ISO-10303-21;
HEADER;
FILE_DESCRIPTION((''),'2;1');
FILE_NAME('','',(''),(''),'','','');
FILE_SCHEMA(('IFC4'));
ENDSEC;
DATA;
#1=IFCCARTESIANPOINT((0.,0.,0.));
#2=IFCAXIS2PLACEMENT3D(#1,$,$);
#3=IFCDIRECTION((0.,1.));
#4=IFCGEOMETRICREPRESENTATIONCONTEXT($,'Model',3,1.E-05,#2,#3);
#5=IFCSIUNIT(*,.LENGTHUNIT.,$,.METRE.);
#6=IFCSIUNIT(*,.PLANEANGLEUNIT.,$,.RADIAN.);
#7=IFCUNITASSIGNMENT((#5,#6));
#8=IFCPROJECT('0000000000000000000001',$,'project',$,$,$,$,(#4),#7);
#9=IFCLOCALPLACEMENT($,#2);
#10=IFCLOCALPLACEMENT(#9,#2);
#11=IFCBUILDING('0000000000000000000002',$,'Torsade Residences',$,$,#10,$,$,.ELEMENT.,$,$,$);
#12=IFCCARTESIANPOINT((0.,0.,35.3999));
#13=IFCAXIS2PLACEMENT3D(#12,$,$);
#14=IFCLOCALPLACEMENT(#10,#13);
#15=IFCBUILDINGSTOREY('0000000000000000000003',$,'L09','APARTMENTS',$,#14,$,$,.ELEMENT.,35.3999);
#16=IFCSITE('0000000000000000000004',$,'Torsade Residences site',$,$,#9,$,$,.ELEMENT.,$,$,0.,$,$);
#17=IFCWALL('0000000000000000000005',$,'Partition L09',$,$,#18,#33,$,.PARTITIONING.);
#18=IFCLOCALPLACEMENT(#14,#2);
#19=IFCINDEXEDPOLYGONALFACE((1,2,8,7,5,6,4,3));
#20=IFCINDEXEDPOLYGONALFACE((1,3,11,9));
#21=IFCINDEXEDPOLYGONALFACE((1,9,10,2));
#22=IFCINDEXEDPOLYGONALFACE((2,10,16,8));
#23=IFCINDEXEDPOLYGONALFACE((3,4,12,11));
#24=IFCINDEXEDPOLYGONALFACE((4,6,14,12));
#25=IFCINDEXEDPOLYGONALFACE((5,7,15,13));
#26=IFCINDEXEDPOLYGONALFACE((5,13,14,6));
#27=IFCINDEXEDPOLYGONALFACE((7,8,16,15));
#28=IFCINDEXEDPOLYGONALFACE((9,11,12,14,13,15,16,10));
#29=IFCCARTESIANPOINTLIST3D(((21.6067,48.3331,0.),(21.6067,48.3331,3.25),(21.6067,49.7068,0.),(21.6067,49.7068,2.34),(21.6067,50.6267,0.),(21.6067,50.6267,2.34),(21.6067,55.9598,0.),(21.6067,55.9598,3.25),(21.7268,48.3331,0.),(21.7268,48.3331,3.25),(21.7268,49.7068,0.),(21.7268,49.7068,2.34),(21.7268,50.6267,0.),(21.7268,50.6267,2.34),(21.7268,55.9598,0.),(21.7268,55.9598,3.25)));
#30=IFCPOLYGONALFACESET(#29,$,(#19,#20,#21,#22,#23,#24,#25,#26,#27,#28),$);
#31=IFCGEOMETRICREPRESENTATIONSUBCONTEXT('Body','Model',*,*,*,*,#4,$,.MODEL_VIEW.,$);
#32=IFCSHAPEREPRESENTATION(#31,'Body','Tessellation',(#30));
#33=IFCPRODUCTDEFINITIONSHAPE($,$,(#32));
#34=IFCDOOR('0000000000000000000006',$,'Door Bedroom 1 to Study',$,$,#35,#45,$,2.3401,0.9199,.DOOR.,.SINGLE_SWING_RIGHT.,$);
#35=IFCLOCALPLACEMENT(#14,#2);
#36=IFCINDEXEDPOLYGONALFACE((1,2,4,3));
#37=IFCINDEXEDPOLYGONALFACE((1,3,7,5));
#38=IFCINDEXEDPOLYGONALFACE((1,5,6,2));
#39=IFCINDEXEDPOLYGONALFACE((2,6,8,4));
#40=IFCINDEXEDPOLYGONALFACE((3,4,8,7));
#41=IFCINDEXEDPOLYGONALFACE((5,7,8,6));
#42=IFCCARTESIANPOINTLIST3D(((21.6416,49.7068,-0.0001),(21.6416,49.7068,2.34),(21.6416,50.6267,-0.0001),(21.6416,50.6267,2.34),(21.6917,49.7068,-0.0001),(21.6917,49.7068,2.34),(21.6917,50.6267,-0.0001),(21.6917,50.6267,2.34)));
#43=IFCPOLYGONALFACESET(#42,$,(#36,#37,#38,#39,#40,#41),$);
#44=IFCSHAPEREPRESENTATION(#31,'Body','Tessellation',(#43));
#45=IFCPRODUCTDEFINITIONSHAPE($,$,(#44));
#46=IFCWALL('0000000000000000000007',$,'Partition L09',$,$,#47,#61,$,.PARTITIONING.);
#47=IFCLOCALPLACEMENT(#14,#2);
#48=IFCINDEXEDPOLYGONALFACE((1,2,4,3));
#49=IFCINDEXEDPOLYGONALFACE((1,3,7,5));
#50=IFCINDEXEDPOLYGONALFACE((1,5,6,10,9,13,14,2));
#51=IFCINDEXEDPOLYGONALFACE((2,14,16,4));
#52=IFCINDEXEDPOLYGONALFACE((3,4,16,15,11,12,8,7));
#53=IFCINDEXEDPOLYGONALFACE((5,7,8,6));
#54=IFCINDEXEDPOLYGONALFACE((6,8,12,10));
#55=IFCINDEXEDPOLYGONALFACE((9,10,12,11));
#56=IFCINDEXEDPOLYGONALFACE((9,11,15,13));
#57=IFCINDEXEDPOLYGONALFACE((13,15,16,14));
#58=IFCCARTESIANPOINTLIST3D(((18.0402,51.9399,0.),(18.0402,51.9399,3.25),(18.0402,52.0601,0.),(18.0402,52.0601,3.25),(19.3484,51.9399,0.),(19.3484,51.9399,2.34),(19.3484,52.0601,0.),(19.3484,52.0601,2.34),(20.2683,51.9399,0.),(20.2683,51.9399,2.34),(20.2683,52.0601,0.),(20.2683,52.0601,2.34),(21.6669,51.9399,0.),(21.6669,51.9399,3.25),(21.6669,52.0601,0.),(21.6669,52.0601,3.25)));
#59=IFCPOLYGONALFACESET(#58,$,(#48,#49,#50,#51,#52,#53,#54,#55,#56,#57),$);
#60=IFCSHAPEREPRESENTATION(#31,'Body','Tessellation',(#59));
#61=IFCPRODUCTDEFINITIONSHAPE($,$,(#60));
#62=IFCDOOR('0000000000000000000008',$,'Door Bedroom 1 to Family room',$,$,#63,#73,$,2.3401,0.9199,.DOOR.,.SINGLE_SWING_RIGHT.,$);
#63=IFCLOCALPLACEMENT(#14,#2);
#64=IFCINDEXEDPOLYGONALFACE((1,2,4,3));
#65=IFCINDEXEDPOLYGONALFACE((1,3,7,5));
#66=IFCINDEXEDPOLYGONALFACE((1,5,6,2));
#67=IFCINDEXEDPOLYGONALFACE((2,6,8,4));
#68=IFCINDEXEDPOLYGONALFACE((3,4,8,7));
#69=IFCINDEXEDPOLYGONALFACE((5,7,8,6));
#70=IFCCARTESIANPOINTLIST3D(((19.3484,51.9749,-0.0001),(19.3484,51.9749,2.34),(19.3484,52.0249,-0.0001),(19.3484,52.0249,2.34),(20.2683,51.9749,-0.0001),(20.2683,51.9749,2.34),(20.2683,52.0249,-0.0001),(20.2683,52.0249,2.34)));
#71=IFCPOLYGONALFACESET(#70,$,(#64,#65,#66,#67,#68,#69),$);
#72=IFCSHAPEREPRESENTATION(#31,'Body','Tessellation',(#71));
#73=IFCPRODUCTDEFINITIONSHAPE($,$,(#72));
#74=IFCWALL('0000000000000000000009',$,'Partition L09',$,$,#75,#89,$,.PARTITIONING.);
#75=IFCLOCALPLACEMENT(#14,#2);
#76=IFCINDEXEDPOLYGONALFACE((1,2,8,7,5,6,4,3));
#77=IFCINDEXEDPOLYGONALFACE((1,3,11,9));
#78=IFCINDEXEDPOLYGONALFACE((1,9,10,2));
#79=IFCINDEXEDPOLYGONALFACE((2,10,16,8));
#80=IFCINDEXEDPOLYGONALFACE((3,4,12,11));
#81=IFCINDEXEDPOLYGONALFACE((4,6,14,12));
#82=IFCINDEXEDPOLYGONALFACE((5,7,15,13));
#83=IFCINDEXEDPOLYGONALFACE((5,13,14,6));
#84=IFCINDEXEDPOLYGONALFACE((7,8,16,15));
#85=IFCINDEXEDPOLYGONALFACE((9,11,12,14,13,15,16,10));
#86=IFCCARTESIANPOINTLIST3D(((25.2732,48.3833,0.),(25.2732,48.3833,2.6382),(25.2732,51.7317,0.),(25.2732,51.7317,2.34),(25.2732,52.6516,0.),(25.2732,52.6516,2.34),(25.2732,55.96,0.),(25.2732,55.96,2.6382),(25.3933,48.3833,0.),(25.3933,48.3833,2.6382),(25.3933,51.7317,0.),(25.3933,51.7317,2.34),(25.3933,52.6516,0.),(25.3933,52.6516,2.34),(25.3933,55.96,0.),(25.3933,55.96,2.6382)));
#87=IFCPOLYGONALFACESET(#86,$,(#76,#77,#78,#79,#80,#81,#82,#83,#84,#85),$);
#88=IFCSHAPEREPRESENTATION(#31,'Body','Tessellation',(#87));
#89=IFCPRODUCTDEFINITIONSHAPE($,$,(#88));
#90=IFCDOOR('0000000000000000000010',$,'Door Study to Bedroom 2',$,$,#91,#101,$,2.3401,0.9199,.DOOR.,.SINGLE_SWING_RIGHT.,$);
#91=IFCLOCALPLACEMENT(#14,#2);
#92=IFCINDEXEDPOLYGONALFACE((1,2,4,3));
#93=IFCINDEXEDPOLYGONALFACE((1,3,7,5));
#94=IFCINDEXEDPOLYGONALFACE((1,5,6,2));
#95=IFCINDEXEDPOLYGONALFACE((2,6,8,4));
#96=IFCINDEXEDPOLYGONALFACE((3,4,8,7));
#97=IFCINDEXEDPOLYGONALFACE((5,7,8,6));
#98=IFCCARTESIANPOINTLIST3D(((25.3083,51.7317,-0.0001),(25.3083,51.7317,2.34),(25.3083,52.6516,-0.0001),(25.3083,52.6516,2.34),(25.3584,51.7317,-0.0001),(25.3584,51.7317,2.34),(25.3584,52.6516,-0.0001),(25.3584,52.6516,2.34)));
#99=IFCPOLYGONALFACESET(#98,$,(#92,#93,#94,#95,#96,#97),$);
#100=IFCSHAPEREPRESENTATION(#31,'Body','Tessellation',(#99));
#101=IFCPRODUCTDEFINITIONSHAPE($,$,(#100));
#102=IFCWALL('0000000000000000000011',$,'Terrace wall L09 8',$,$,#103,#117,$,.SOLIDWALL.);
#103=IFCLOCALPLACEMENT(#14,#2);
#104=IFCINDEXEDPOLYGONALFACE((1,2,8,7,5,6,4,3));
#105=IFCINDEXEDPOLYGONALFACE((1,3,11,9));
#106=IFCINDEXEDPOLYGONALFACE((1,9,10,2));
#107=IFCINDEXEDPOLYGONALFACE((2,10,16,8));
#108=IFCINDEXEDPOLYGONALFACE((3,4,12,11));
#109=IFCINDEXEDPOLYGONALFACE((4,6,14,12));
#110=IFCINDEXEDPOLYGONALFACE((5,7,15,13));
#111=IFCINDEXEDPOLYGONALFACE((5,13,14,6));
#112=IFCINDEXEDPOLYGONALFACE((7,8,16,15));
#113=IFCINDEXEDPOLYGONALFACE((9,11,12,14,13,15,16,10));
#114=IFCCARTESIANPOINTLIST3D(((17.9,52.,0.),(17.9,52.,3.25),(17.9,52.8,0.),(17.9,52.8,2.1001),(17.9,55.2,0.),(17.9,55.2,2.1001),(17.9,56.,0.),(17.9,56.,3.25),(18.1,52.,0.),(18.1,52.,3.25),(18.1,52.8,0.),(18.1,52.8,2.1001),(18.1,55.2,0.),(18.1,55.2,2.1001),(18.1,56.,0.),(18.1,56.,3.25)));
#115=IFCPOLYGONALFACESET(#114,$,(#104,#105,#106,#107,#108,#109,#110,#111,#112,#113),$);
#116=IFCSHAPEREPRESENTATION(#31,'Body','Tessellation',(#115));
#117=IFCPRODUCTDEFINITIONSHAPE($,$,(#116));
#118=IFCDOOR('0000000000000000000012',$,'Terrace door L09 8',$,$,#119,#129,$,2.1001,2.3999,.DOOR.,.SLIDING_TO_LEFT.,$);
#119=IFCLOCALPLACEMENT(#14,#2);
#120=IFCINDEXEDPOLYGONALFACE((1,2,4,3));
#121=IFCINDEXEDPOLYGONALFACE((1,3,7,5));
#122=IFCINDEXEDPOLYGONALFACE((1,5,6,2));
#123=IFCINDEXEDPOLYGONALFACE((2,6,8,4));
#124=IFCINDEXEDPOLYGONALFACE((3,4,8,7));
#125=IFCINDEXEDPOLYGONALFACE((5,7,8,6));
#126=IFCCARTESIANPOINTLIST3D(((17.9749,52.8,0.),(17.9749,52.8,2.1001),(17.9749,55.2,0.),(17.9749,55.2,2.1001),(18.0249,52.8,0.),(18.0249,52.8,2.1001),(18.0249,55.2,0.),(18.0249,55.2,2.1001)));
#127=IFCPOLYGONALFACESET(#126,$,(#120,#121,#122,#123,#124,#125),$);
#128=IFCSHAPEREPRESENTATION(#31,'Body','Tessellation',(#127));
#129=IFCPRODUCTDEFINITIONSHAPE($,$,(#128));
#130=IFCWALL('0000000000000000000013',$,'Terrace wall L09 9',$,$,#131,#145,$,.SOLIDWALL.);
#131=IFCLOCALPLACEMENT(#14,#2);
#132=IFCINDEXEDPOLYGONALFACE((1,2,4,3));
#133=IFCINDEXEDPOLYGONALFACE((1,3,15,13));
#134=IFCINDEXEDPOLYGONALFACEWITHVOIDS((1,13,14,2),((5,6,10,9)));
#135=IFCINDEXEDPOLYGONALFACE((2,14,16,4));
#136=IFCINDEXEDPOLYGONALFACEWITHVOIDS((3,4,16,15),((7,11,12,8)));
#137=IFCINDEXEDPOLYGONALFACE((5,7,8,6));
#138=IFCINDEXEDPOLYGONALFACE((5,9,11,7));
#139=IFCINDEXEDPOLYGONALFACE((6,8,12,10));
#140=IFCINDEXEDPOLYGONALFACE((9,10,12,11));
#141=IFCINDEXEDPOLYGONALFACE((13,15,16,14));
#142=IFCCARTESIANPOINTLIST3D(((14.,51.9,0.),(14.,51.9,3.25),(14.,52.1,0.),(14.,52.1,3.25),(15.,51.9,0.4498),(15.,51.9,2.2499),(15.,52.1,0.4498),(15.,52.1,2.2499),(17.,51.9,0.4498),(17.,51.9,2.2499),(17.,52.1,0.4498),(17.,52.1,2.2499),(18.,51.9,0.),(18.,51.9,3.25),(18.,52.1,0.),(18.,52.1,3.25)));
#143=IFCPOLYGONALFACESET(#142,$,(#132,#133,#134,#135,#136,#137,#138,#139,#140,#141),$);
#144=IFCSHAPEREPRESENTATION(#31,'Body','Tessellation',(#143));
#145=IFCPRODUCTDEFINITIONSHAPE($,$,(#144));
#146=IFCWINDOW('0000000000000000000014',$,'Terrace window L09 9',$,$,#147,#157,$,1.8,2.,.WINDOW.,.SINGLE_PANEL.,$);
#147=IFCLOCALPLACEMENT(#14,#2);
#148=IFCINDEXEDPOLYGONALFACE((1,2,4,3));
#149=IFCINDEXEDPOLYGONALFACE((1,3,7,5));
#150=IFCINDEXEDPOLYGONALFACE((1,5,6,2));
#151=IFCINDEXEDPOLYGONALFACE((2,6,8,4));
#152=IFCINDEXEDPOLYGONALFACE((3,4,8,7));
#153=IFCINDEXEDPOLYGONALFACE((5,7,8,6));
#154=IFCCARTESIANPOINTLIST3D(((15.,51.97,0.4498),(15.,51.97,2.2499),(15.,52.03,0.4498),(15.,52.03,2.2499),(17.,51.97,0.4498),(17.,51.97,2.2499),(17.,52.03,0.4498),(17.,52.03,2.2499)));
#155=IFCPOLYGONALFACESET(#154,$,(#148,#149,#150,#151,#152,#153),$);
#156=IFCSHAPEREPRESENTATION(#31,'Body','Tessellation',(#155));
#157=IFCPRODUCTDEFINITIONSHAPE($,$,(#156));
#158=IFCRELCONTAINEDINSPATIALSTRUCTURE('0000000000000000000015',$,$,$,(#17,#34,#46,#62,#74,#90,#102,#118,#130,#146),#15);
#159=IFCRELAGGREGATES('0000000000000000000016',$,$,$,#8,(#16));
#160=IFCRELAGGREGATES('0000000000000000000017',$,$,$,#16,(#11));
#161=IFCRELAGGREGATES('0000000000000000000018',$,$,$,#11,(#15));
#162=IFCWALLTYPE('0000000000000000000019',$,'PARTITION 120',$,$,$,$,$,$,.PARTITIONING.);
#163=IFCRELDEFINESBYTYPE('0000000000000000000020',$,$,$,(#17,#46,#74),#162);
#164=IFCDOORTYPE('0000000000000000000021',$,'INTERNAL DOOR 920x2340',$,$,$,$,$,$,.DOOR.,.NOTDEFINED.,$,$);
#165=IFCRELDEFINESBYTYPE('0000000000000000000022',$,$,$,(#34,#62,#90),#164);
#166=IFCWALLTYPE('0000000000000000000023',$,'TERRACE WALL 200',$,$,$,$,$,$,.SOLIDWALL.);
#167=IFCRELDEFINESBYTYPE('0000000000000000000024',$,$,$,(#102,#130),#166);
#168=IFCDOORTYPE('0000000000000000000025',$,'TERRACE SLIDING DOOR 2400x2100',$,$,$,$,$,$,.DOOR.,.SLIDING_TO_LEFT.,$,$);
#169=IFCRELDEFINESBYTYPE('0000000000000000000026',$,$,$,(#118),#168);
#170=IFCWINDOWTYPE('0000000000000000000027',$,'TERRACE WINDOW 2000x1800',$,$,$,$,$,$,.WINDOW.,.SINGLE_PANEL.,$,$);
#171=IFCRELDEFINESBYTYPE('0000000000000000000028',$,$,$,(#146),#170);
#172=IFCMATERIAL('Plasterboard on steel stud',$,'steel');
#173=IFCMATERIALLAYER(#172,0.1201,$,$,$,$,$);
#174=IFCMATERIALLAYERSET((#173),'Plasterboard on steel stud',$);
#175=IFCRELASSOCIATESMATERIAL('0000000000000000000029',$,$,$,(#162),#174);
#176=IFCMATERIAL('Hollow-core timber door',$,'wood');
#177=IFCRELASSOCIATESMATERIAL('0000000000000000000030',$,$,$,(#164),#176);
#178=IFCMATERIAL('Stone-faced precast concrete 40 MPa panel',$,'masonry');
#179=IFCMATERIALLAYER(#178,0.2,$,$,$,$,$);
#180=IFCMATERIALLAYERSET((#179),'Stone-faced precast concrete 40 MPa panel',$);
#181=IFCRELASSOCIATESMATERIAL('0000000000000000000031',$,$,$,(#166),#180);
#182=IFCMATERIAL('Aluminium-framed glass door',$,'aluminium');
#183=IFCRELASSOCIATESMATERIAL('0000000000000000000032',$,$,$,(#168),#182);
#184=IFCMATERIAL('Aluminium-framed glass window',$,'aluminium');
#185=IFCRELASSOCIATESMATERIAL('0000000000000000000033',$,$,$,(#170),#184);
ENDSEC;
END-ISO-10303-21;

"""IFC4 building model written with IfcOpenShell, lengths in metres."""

from ifc_helpers import new_model, si_unit, direction, frame, frame_2d, origin, place, context, subcontext, project, spatial, rectangle, extrude, material, layer, layer_set, type_object, element, fill, save


model = new_model("IFC4")

# Units and contexts
model_context = context("Model", 3, precision=1e-05, world=origin(), true_north=direction((0.0, 1.0)))
body_context = subcontext(model_context, "Body", "Model", "MODEL_VIEW")
ifc_project = project(units=[si_unit("LENGTHUNIT", "METRE"), si_unit("PLANEANGLEUNIT", "RADIAN")], contexts=[model_context])

# Site, building, storey
site_placement = place(None, origin())
site = spatial("IfcSite", under=ifc_project, at=site_placement, Name="Torsade Residences site", CompositionType="ELEMENT", RefElevation=0.0)
building_placement = place(site_placement, origin())
building = spatial("IfcBuilding", under=site, at=building_placement, Name="Torsade Residences", CompositionType="ELEMENT")
storey_placement = place(building_placement, frame((0.0, 0.0, 35.3999)))
storey = spatial("IfcBuildingStorey", under=building, at=storey_placement, Name="L09", Description="APARTMENTS", CompositionType="ELEMENT", Elevation=35.3999)

# Shared definitions
ifc_material_1 = material(Name="Plasterboard on steel stud", Category="steel")
ifc_layer_1 = layer(ifc_material_1, 0.1201)
ifc_layer_set_1 = layer_set([ifc_layer_1], Name="Plasterboard on steel stud")
wall_type_1 = type_object("IfcWallType", Name="PARTITION 120", PredefinedType="PARTITIONING", material=ifc_layer_set_1)

# Walls, openings, doors
wall_1_placement = place(storey_placement, frame((21.6667, 55.96, 0.0), z_axis=(0.0, 0.0, 1.0), x_axis=(0.0, -1.0, 0.0)))
wall_1 = element("IfcWall", 1, at=wall_1_placement, inside=storey, type_object=wall_type_1, Name="Partition L09", PredefinedType="PARTITIONING", context=body_context, shape_type="SweptSolid", body=[
    extrude(rectangle(XDim=7.6267, YDim=0.1201, at=frame_2d((3.8135, 0.0))), origin(), (0.0, 0.0, 1.0), 3.25),
])
opening_1_placement = place(wall_1_placement, frame((5.3333, 0.0, 0.0)))
opening_1 = element("IfcOpeningElement", 2, at=opening_1_placement, cuts=wall_1, PredefinedType="OPENING", context=body_context, shape_type="SweptSolid", body=[
    extrude(rectangle(XDim=0.9199, YDim=2.3401, at=frame_2d((0.46, 1.1699))), frame((0.0, 0.0701, 0.0), z_axis=(0.0, -1.0, 0.0), x_axis=(1.0, 0.0, 0.0)), (0.0, 0.0, 1.0), 0.1401),
])
ifc_material_2 = material(Name="Hollow-core timber door", Category="wood")
door_type_1 = type_object("IfcDoorType", Name="INTERNAL DOOR 920x2340", OperationType="NOTDEFINED", PredefinedType="DOOR", material=ifc_material_2)
door_1_placement = place(opening_1_placement, origin())
door_1 = element("IfcDoor", 3, at=door_1_placement, inside=storey, type_object=door_type_1, Name="Door Bedroom 1 to Study", OperationType="SINGLE_SWING_RIGHT", OverallHeight=2.3401, OverallWidth=0.9199, PredefinedType="DOOR", context=body_context, shape_type="SweptSolid", body=[
    extrude(rectangle(XDim=0.9199, YDim=2.3401, at=frame_2d((0.46, 1.1699))), frame((0.0, 0.0249, 0.0), z_axis=(0.0, -1.0, 0.0), x_axis=(1.0, 0.0, 0.0)), (0.0, 0.0, 1.0), 0.05),
])
fill(opening_1, door_1)
wall_2_placement = place(storey_placement, frame((18.04, 52.0, 0.0), z_axis=(0.0, 0.0, 1.0), x_axis=(1.0, 0.0, 0.0)))
wall_2 = element("IfcWall", 4, at=wall_2_placement, inside=storey, type_object=wall_type_1, Name="Partition L09", PredefinedType="PARTITIONING", context=body_context, shape_type="SweptSolid", body=[
    extrude(rectangle(XDim=3.6267, YDim=0.1201, at=frame_2d((1.8135, 0.0))), origin(), (0.0, 0.0, 1.0), 3.25),
])
opening_2_placement = place(wall_2_placement, frame((1.3083, 0.0, 0.0)))
opening_2 = element("IfcOpeningElement", 5, at=opening_2_placement, cuts=wall_2, PredefinedType="OPENING", context=body_context, shape_type="SweptSolid", body=[
    extrude(rectangle(XDim=0.9199, YDim=2.3401, at=frame_2d((0.46, 1.1699))), frame((0.0, 0.0701, 0.0), z_axis=(0.0, -1.0, 0.0), x_axis=(1.0, 0.0, 0.0)), (0.0, 0.0, 1.0), 0.1401),
])
door_2_placement = place(opening_2_placement, origin())
door_2 = element("IfcDoor", 6, at=door_2_placement, inside=storey, type_object=door_type_1, Name="Door Bedroom 1 to Family room", OperationType="SINGLE_SWING_RIGHT", OverallHeight=2.3401, OverallWidth=0.9199, PredefinedType="DOOR", context=body_context, shape_type="SweptSolid", body=[
    extrude(rectangle(XDim=0.9199, YDim=2.3401, at=frame_2d((0.46, 1.1699))), frame((0.0, 0.0249, 0.0), z_axis=(0.0, -1.0, 0.0), x_axis=(1.0, 0.0, 0.0)), (0.0, 0.0, 1.0), 0.05),
])
fill(opening_2, door_2)
wall_3_placement = place(storey_placement, frame((25.3333, 48.3833, 0.0), z_axis=(0.0, 0.0, 1.0), x_axis=(0.0, 1.0, 0.0)))
wall_3 = element("IfcWall", 7, at=wall_3_placement, inside=storey, type_object=wall_type_1, Name="Partition L09", PredefinedType="PARTITIONING", context=body_context, shape_type="SweptSolid", body=[
    extrude(rectangle(XDim=7.5767, YDim=0.1201, at=frame_2d((3.7883, 0.0))), origin(), (0.0, 0.0, 1.0), 2.6382),
])
opening_3_placement = place(wall_3_placement, frame((3.3484, 0.0, 0.0)))
opening_3 = element("IfcOpeningElement", 8, at=opening_3_placement, cuts=wall_3, PredefinedType="OPENING", context=body_context, shape_type="SweptSolid", body=[
    extrude(rectangle(XDim=0.9199, YDim=2.3401, at=frame_2d((0.46, 1.1699))), frame((0.0, 0.0701, 0.0), z_axis=(0.0, -1.0, 0.0), x_axis=(1.0, 0.0, 0.0)), (0.0, 0.0, 1.0), 0.1401),
])
door_3_placement = place(opening_3_placement, origin())
door_3 = element("IfcDoor", 9, at=door_3_placement, inside=storey, type_object=door_type_1, Name="Door Study to Bedroom 2", OperationType="SINGLE_SWING_RIGHT", OverallHeight=2.3401, OverallWidth=0.9199, PredefinedType="DOOR", context=body_context, shape_type="SweptSolid", body=[
    extrude(rectangle(XDim=0.9199, YDim=2.3401, at=frame_2d((0.46, 1.1699))), frame((0.0, 0.0249, 0.0), z_axis=(0.0, -1.0, 0.0), x_axis=(1.0, 0.0, 0.0)), (0.0, 0.0, 1.0), 0.05),
])
fill(opening_3, door_3)
ifc_material_3 = material(Name="Stone-faced precast concrete 40 MPa panel", Category="masonry")
ifc_layer_2 = layer(ifc_material_3, 0.2)
ifc_layer_set_2 = layer_set([ifc_layer_2], Name="Stone-faced precast concrete 40 MPa panel")
wall_type_2 = type_object("IfcWallType", Name="TERRACE WALL 200", PredefinedType="SOLIDWALL", material=ifc_layer_set_2)
wall_4_placement = place(storey_placement, frame((18.0, 56.0, 0.0), z_axis=(0.0, 0.0, 1.0), x_axis=(0.0, -1.0, 0.0)))
wall_4 = element("IfcWall", 10, at=wall_4_placement, inside=storey, type_object=wall_type_2, Name="Terrace wall L09 8", PredefinedType="SOLIDWALL", context=body_context, shape_type="SweptSolid", body=[
    extrude(rectangle(XDim=4.0, YDim=0.2, at=frame_2d((2.0, 0.0))), origin(), (0.0, 0.0, 1.0), 3.25),
])
opening_4_placement = place(wall_4_placement, frame((0.8, 0.0, 0.0)))
opening_4 = element("IfcOpeningElement", 11, at=opening_4_placement, cuts=wall_4, PredefinedType="OPENING", context=body_context, shape_type="SweptSolid", body=[
    extrude(rectangle(XDim=2.3999, YDim=2.1001, at=frame_2d((1.2, 1.05))), frame((0.0, 0.1099, 0.0), z_axis=(0.0, -1.0, 0.0), x_axis=(1.0, 0.0, 0.0)), (0.0, 0.0, 1.0), 0.22),
])
ifc_material_4 = material(Name="Aluminium-framed glass door", Category="aluminium")
door_type_2 = type_object("IfcDoorType", Name="TERRACE SLIDING DOOR 2400x2100", OperationType="SLIDING_TO_LEFT", PredefinedType="DOOR", material=ifc_material_4)
door_4_placement = place(opening_4_placement, origin())
door_4 = element("IfcDoor", 12, at=door_4_placement, inside=storey, type_object=door_type_2, Name="Terrace door L09 8", OperationType="SLIDING_TO_LEFT", OverallHeight=2.1001, OverallWidth=2.3999, PredefinedType="DOOR", context=body_context, shape_type="SweptSolid", body=[
    extrude(rectangle(XDim=2.3999, YDim=2.1001, at=frame_2d((1.2, 1.05))), frame((0.0, 0.0249, 0.0), z_axis=(0.0, -1.0, 0.0), x_axis=(1.0, 0.0, 0.0)), (0.0, 0.0, 1.0), 0.05),
])
fill(opening_4, door_4)

# Wall, opening, window
wall_5_placement = place(storey_placement, frame((18.0, 52.0, 0.0), z_axis=(0.0, 0.0, 1.0), x_axis=(-1.0, 0.0, 0.0)))
wall_5 = element("IfcWall", 13, at=wall_5_placement, inside=storey, type_object=wall_type_2, Name="Terrace wall L09 9", PredefinedType="SOLIDWALL", context=body_context, shape_type="SweptSolid", body=[
    extrude(rectangle(XDim=4.0, YDim=0.2, at=frame_2d((2.0, 0.0))), origin(), (0.0, 0.0, 1.0), 3.25),
])
opening_5_placement = place(wall_5_placement, frame((1.0, 0.0, 0.45)))
opening_5 = element("IfcOpeningElement", 14, at=opening_5_placement, cuts=wall_5, PredefinedType="OPENING", context=body_context, shape_type="SweptSolid", body=[
    extrude(rectangle(XDim=2.0, YDim=1.8, at=frame_2d((1.0, 0.8999))), frame((0.0, 0.1099, 0.0), z_axis=(0.0, -1.0, 0.0), x_axis=(1.0, 0.0, 0.0)), (0.0, 0.0, 1.0), 0.22),
])
ifc_material_5 = material(Name="Aluminium-framed glass window", Category="aluminium")
window_type = type_object("IfcWindowType", Name="TERRACE WINDOW 2000x1800", PartitioningType="SINGLE_PANEL", PredefinedType="WINDOW", material=ifc_material_5)
window_placement = place(opening_5_placement, origin())
window = element("IfcWindow", 15, at=window_placement, inside=storey, type_object=window_type, Name="Terrace window L09 9", OverallHeight=1.8, OverallWidth=2.0, PartitioningType="SINGLE_PANEL", PredefinedType="WINDOW", context=body_context, shape_type="SweptSolid", body=[
    extrude(rectangle(XDim=2.0, YDim=1.8, at=frame_2d((1.0, 0.8999))), frame((0.0, 0.03, 0.0), z_axis=(0.0, -1.0, 0.0), x_axis=(1.0, 0.0, 0.0)), (0.0, 0.0, 1.0), 0.0601),
])
fill(opening_5, window)

save(model, "model.ifc")
